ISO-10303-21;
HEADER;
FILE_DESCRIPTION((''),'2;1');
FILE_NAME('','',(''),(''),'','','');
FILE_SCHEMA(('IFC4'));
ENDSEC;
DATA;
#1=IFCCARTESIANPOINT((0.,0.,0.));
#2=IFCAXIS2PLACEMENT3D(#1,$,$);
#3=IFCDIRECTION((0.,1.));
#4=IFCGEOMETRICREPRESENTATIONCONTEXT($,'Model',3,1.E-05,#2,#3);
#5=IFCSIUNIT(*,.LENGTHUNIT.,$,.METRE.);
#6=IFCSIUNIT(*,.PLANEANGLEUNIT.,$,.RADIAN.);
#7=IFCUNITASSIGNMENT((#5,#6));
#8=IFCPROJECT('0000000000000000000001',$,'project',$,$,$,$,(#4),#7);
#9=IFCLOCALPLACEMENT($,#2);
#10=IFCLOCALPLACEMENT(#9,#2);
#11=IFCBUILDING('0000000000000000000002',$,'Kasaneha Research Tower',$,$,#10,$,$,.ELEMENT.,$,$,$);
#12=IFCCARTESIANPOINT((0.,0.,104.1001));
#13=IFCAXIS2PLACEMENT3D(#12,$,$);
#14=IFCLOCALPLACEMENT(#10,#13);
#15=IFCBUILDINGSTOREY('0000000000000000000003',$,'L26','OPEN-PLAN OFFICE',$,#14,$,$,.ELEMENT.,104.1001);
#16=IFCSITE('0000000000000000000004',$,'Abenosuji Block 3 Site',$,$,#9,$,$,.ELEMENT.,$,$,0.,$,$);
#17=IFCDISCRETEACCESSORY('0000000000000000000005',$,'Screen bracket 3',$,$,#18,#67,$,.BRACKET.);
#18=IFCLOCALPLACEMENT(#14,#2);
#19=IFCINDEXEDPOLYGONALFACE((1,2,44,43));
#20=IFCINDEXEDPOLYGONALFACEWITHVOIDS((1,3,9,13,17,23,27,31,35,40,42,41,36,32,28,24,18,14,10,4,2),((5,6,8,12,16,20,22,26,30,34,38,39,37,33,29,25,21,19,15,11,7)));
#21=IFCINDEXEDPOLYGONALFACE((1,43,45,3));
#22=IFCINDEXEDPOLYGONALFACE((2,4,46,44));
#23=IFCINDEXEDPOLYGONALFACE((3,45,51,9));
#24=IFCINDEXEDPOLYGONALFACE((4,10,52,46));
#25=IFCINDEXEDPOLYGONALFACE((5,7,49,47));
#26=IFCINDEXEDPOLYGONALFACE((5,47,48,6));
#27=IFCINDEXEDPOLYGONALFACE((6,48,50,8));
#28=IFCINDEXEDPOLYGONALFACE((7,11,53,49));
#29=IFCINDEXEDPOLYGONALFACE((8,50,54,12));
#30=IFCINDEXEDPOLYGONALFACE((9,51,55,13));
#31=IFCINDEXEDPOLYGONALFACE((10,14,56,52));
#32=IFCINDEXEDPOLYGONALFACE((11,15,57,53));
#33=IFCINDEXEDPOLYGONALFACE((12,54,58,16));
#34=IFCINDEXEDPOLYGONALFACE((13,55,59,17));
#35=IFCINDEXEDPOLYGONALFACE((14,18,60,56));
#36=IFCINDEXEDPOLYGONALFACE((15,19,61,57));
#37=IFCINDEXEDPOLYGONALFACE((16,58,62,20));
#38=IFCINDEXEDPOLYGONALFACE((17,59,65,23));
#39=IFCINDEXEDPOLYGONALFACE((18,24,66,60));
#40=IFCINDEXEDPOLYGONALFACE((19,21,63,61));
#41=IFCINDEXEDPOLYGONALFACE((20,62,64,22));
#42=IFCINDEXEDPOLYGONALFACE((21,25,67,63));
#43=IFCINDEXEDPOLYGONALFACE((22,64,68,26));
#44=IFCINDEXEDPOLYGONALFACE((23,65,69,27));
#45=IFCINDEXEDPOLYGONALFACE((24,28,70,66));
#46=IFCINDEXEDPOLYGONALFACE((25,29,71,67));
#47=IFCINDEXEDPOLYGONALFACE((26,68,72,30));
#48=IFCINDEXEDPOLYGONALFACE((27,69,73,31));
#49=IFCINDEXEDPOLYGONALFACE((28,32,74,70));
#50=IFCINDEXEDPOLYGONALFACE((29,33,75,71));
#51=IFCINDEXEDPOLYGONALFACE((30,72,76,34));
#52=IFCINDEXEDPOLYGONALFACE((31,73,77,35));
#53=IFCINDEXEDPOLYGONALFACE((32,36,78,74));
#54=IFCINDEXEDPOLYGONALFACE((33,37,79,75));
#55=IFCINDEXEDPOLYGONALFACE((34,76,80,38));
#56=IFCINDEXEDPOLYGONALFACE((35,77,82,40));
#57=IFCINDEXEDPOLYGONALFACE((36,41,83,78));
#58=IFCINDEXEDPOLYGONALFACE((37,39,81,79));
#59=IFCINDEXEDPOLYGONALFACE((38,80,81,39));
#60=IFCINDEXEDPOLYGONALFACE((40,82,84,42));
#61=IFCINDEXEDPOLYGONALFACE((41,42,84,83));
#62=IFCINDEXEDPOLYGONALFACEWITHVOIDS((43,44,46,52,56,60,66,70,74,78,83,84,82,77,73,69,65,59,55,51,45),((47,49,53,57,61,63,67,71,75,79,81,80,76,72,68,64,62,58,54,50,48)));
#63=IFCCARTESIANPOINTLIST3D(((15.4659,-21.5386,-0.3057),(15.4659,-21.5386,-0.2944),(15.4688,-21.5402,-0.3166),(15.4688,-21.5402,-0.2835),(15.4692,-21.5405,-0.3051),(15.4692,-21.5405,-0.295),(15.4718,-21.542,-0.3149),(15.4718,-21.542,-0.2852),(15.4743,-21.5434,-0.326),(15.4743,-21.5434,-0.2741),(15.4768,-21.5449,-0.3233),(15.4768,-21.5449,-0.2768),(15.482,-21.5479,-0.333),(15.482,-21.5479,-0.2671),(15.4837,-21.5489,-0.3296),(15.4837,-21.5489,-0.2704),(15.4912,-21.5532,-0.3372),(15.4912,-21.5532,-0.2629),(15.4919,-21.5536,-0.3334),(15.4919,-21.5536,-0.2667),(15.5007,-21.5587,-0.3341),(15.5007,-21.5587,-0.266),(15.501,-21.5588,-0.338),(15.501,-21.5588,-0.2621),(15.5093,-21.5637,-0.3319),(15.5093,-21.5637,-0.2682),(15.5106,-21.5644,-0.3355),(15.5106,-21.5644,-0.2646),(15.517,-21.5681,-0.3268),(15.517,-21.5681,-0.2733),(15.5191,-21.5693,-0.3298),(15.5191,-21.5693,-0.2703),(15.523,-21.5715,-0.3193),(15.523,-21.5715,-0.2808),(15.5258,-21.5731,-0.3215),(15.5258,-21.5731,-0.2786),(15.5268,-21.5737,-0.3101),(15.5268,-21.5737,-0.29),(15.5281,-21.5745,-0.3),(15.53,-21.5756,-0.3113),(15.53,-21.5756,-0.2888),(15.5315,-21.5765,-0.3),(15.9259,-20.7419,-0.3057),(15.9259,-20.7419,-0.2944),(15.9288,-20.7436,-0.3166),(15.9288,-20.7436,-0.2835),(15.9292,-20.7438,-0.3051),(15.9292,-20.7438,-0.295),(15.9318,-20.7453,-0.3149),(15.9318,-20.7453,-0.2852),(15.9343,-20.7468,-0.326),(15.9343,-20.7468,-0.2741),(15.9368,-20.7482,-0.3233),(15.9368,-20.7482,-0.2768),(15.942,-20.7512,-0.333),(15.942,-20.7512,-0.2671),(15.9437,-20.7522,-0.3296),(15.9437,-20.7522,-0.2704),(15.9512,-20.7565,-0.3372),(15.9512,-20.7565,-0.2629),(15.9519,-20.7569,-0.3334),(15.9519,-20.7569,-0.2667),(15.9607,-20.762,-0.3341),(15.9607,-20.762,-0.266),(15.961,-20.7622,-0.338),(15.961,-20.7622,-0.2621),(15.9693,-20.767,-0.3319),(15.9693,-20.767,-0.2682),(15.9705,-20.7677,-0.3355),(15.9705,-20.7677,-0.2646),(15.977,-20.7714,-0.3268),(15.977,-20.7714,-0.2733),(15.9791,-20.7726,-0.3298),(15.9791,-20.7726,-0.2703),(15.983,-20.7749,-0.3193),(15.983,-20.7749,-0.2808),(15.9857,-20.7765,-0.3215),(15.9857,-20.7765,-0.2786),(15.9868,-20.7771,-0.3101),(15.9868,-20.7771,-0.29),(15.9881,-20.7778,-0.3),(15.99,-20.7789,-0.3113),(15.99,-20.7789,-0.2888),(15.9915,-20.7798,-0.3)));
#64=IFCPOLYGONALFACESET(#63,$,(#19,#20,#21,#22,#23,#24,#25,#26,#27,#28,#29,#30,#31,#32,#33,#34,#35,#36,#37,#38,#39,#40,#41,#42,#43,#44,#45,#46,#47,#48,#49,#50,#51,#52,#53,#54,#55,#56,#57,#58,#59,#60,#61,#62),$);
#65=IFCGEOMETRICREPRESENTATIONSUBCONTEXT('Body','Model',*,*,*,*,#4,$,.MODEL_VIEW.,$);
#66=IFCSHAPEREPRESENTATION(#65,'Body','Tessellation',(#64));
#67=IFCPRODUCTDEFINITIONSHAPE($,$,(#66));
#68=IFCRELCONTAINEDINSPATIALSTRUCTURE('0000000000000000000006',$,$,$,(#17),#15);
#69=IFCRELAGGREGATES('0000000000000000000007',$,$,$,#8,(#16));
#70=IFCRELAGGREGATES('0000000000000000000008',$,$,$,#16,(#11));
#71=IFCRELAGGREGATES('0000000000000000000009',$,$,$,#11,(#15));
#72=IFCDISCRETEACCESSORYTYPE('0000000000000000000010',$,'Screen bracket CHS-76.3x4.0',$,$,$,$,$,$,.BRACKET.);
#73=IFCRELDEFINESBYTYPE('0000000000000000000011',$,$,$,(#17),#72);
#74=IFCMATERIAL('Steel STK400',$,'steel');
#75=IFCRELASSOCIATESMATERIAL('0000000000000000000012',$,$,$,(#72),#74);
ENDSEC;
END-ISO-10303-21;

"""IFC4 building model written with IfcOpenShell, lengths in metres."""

from ifc_helpers import new_model, si_unit, direction, frame, origin, origin_2d, place, context, subcontext, project, spatial, hollow_circle, extrude, material, material_profile, profile_set, type_object, element, save


model = new_model("IFC4")

# Units and contexts
model_context = context("Model", 3, precision=1e-05, world=origin(), true_north=direction((0.0, 1.0)))
body_context = subcontext(model_context, "Body", "Model", "MODEL_VIEW")
ifc_project = project(units=[si_unit("LENGTHUNIT", "METRE"), si_unit("PLANEANGLEUNIT", "RADIAN")], contexts=[model_context])

# Site, building, storey
site_placement = place(None, origin())
site = spatial("IfcSite", under=ifc_project, at=site_placement, Name="Abenosuji Block 3 Site", CompositionType="ELEMENT", RefElevation=0.0)
building_placement = place(site_placement, origin())
building = spatial("IfcBuilding", under=site, at=building_placement, Name="Kasaneha Research Tower", CompositionType="ELEMENT")
storey_placement = place(building_placement, frame((0.0, 0.0, 104.1001)))
storey = spatial("IfcBuildingStorey", under=building, at=storey_placement, Name="L26", Description="OPEN-PLAN OFFICE", CompositionType="ELEMENT", Elevation=104.1001)

# Discrete accessory
ifc_material_1 = material(Name="Steel STK400", Category="steel")
ifc_material_profile_1 = material_profile(ifc_material_1, hollow_circle(Radius=0.0381, WallThickness=0.0039, at=origin_2d()), Name="CHS-76.3x4.0")
ifc_profile_set_1 = profile_set([ifc_material_profile_1], Name="Steel STK400")
discrete_accessory_type = type_object("IfcDiscreteAccessoryType", Name="Screen bracket CHS-76.3x4.0", PredefinedType="BRACKET", material=ifc_profile_set_1)
discrete_accessory_1_placement = place(storey_placement, frame((15.9585, -20.7607, -0.3), z_axis=(-0.500021, -0.866013, 0.0), x_axis=(0.866013, -0.500021, 0.0)))
element("IfcDiscreteAccessory", 1, at=discrete_accessory_1_placement, inside=storey, type_object=discrete_accessory_type, Name="Screen bracket 3", PredefinedType="BRACKET", context=body_context, shape_type="SweptSolid", body=[
    extrude(hollow_circle(Radius=0.0381, WallThickness=0.0039, at=origin_2d()), origin(), (0.0, 0.0, 1.0), 0.9199),
])

save(model, "model.ifc")
